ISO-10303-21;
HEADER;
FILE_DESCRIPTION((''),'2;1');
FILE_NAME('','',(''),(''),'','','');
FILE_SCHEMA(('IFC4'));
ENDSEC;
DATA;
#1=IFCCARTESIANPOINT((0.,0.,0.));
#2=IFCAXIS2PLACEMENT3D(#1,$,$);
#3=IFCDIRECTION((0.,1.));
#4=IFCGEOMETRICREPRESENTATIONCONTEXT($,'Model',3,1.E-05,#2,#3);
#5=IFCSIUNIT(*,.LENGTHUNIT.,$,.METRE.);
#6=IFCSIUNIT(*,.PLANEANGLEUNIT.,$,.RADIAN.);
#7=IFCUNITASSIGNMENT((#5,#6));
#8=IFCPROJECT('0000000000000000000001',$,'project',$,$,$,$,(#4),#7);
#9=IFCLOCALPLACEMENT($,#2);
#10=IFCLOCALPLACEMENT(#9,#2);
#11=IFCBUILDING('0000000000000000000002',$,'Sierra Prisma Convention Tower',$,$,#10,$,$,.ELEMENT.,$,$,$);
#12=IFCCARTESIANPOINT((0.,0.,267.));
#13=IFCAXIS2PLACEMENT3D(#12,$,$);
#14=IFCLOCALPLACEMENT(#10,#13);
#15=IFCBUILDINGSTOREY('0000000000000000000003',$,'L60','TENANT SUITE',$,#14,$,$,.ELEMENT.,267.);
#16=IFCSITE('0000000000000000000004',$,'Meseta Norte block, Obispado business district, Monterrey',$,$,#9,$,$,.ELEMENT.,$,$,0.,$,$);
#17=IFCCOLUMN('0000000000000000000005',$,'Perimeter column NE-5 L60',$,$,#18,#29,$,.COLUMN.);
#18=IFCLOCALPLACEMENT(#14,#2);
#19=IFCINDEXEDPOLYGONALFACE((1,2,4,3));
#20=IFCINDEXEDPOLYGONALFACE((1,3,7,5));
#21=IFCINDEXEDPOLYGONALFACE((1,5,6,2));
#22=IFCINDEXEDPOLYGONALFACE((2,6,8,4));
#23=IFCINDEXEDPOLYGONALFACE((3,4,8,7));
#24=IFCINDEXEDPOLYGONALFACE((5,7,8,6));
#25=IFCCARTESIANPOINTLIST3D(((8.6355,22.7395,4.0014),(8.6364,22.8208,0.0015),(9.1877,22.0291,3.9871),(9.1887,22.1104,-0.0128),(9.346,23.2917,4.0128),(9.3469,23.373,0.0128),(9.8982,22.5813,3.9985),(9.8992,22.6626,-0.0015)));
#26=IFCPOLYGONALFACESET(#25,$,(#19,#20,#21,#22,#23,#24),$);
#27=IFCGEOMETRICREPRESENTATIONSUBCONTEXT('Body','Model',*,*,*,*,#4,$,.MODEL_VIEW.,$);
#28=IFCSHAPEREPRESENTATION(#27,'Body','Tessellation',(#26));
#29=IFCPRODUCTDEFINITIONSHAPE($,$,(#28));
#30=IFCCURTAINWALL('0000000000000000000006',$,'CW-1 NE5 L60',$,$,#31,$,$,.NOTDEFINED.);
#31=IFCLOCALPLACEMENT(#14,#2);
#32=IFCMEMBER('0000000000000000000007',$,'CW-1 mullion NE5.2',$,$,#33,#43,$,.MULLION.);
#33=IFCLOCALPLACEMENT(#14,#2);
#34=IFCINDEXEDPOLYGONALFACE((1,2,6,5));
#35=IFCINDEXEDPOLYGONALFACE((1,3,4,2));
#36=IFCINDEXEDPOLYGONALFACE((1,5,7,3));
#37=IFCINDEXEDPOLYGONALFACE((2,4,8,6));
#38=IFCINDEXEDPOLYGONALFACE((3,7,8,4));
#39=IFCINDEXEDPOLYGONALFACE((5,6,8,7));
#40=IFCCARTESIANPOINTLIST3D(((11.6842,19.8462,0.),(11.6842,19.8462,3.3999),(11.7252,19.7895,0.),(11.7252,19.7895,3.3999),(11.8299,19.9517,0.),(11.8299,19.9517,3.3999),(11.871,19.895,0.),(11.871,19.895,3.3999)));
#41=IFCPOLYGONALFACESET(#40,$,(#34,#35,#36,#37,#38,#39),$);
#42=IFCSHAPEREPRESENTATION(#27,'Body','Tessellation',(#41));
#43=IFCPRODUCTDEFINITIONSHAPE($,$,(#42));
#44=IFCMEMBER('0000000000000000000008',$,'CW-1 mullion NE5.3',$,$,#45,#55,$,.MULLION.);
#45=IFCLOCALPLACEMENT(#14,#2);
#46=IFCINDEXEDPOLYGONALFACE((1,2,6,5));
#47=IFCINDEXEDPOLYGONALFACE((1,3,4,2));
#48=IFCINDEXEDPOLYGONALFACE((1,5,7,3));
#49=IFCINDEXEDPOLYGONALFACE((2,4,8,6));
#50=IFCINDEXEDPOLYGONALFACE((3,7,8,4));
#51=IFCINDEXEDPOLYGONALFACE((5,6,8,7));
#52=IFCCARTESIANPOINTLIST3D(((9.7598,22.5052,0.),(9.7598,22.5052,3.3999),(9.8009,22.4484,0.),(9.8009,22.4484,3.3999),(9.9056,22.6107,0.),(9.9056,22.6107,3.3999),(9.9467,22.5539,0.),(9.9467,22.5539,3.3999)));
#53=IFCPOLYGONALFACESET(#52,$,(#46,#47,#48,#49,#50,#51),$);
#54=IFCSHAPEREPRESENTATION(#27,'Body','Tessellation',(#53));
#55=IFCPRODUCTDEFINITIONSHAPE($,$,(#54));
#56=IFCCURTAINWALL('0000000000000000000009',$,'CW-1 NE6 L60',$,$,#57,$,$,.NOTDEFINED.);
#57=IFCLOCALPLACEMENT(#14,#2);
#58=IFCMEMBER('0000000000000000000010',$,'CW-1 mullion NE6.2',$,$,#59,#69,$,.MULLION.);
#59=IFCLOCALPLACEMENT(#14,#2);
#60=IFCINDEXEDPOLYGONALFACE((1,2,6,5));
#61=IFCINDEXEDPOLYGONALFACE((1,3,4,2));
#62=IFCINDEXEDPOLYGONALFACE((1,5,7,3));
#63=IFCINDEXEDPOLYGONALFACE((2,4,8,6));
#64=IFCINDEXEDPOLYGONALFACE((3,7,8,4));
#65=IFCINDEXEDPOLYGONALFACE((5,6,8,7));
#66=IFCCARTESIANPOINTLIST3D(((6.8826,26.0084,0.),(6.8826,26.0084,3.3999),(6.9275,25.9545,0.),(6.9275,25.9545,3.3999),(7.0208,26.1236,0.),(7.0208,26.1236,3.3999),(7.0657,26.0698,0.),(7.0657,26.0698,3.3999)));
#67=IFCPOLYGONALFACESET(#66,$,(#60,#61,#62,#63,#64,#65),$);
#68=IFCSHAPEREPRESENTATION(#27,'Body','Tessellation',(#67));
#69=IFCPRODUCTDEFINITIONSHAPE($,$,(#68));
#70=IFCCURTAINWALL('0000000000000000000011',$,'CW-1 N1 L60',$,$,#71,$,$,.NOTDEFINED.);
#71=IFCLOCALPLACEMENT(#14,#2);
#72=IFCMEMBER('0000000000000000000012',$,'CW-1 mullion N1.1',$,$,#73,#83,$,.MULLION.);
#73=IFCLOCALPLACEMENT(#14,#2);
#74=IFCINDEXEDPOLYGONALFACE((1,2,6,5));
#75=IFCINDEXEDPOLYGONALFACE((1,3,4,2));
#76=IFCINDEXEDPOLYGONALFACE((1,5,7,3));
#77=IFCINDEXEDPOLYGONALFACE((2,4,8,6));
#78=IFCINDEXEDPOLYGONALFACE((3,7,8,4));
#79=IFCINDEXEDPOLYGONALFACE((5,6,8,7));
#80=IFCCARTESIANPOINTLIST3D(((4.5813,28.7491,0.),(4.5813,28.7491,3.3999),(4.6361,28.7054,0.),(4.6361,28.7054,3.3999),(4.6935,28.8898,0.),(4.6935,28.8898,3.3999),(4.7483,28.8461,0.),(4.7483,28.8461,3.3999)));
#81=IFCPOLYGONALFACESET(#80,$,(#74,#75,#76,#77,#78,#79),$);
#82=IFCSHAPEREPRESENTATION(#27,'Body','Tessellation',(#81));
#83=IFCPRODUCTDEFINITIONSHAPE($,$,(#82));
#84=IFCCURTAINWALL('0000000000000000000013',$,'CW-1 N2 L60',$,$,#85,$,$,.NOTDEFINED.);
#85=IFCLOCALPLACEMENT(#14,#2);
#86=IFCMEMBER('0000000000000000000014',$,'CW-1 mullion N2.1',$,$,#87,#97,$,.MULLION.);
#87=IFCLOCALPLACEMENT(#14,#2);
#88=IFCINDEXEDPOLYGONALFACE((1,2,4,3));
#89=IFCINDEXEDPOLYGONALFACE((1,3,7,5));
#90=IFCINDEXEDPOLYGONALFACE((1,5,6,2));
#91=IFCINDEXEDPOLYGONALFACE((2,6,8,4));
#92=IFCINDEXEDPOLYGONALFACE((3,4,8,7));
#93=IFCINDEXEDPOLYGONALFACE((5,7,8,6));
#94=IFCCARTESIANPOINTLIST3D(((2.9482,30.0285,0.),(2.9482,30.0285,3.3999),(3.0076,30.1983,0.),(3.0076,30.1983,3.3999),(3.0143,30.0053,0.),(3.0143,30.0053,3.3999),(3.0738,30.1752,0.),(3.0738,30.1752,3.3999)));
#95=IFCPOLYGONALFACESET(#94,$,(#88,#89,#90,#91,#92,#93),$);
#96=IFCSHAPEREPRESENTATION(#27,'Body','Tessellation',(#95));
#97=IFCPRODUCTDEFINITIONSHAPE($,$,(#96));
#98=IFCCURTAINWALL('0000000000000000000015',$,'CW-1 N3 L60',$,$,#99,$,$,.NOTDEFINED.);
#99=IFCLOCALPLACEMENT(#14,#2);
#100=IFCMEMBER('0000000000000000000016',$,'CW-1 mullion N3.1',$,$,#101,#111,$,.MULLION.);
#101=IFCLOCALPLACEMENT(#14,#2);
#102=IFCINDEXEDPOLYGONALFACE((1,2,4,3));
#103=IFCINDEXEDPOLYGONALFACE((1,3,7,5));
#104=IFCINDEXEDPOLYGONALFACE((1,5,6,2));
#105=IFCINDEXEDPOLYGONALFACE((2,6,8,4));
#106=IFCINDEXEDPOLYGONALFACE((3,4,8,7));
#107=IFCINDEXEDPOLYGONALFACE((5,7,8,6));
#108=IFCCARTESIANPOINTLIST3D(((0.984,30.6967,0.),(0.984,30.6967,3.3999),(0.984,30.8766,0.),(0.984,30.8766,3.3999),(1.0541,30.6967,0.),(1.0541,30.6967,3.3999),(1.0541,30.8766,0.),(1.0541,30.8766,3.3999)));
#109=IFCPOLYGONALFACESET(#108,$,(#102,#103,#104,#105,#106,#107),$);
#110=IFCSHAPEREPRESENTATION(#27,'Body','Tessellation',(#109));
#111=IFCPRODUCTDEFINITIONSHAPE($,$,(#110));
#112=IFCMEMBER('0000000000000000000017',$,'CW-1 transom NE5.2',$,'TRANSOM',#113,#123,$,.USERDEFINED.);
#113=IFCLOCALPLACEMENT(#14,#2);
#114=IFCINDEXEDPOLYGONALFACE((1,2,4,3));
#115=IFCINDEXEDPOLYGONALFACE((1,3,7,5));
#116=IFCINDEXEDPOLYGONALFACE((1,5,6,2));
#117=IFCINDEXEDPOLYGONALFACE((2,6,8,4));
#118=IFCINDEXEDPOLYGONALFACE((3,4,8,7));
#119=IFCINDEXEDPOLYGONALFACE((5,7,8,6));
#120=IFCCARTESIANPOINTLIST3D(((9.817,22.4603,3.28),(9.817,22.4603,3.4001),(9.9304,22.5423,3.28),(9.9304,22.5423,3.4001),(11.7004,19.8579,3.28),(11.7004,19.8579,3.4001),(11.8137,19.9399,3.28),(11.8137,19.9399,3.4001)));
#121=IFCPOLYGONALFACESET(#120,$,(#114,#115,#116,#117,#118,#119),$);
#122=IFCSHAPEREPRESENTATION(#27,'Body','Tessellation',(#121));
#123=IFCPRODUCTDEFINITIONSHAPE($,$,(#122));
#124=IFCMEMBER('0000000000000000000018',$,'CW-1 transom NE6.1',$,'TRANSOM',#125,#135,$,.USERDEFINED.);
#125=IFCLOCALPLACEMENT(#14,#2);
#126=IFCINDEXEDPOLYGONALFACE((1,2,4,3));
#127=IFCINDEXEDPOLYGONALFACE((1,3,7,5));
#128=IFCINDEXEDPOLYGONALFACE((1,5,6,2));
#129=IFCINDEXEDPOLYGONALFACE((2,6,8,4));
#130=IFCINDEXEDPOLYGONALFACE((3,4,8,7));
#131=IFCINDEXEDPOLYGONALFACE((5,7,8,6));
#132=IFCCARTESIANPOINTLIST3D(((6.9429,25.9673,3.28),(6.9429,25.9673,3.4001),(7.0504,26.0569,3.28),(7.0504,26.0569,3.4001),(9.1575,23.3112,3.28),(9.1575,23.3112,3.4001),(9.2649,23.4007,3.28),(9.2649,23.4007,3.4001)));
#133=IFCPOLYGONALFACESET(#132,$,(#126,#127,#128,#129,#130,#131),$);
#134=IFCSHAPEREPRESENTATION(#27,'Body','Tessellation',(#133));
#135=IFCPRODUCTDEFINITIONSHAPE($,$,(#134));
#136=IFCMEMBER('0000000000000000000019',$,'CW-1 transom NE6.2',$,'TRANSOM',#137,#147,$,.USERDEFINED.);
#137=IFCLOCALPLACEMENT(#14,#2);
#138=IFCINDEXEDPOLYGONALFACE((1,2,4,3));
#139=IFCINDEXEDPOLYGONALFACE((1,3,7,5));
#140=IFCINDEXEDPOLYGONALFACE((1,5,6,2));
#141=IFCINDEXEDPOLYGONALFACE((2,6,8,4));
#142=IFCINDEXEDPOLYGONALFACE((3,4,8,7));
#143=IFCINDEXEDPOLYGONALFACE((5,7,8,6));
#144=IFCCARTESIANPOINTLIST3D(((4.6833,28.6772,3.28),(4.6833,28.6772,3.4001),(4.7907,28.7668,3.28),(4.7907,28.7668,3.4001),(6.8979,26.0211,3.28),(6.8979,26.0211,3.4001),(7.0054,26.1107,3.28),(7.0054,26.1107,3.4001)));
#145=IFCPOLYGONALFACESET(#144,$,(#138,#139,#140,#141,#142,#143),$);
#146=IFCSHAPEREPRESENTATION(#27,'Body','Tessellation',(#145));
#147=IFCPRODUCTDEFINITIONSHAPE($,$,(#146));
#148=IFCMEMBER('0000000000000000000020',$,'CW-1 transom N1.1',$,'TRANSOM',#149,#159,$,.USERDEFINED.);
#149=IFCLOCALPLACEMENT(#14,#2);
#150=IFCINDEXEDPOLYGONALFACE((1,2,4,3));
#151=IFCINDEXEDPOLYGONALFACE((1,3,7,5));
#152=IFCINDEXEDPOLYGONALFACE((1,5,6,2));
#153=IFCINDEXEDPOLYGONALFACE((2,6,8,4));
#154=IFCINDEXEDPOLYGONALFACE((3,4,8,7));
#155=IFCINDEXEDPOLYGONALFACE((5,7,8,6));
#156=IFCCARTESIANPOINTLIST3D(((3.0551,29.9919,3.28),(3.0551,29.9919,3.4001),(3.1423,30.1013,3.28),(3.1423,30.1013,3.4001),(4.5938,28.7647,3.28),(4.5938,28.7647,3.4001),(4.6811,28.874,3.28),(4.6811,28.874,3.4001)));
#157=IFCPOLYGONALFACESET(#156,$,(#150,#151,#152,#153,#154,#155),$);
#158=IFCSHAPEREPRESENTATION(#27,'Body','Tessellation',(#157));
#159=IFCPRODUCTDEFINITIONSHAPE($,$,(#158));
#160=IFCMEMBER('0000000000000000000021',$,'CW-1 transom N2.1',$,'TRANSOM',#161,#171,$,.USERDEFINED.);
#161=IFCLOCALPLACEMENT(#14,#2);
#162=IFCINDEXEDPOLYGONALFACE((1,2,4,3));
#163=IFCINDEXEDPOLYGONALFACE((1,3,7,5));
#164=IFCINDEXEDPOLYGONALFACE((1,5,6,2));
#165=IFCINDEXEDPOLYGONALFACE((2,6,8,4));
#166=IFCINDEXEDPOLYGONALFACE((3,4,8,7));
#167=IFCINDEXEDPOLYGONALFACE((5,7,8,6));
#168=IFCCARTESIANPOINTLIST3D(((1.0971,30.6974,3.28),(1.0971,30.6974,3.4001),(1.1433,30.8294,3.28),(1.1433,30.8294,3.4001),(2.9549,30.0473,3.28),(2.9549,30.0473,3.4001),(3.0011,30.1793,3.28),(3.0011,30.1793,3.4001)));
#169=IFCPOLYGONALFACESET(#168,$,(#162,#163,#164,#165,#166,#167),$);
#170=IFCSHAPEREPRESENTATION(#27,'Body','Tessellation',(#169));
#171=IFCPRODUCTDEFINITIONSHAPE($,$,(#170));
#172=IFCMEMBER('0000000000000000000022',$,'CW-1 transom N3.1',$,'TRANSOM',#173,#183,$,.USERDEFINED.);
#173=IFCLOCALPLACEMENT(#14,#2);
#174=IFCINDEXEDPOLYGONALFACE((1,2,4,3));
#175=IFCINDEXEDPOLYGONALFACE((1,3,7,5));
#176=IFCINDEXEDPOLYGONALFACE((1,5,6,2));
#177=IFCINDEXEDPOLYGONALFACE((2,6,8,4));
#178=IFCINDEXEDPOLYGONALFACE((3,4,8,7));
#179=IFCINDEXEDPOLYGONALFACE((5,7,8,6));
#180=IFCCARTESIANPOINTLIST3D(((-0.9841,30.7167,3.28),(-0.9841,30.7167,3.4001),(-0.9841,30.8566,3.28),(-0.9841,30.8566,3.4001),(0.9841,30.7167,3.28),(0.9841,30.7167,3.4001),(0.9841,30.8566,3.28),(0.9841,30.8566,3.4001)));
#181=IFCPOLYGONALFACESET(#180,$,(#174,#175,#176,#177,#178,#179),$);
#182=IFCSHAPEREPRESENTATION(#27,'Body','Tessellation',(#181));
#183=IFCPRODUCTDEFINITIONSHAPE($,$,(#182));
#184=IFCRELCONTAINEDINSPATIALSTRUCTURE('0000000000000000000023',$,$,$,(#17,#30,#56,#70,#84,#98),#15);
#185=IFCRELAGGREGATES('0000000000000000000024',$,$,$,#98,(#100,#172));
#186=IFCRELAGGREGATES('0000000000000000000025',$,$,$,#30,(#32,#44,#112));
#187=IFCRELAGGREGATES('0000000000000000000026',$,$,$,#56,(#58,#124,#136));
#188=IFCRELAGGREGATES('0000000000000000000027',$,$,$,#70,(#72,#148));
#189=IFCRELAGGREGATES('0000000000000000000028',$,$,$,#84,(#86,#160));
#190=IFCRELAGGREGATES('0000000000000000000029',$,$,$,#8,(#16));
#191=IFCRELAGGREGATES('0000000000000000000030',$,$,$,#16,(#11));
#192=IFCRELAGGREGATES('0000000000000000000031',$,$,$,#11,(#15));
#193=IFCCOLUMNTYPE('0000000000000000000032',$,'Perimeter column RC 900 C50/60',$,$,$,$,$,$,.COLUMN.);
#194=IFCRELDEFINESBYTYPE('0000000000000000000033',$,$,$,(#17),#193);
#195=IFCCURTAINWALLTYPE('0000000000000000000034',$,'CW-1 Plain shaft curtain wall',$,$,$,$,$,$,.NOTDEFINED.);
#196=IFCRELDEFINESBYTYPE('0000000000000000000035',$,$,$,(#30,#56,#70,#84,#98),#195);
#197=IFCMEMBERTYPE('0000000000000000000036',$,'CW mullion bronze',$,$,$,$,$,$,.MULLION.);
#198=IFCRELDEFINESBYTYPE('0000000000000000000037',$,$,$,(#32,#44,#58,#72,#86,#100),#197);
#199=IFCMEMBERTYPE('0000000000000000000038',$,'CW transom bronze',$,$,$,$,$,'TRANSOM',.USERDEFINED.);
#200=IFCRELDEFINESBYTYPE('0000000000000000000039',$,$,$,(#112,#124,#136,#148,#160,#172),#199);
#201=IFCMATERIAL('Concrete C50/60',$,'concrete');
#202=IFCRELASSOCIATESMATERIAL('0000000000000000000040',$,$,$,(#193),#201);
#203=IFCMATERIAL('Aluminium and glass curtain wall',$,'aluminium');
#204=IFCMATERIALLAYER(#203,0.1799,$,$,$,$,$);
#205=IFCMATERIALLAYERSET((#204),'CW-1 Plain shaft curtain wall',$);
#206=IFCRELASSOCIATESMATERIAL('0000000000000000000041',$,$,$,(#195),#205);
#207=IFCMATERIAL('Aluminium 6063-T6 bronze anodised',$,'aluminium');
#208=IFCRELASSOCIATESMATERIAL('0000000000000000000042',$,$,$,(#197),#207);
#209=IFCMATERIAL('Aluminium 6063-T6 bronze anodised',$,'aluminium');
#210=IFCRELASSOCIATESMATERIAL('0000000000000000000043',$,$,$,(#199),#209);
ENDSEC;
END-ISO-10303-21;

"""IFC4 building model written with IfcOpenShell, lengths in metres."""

from ifc_helpers import new_model, si_unit, direction, frame, origin, origin_2d, place, context, subcontext, project, spatial, rectangle, extrude, material, layer, layer_set, material_profile, profile_set, type_object, element, aggregate, save


model = new_model("IFC4")

# Units and contexts
model_context = context("Model", 3, precision=1e-05, world=origin(), true_north=direction((0.0, 1.0)))
body_context = subcontext(model_context, "Body", "Model", "MODEL_VIEW")
ifc_project = project(units=[si_unit("LENGTHUNIT", "METRE"), si_unit("PLANEANGLEUNIT", "RADIAN")], contexts=[model_context])

# Site, building, storey
site_placement = place(None, origin())
site = spatial("IfcSite", under=ifc_project, at=site_placement, Name="Meseta Norte block, Obispado business district, Monterrey", CompositionType="ELEMENT", RefElevation=0.0)
building_placement = place(site_placement, origin())
building = spatial("IfcBuilding", under=site, at=building_placement, Name="Sierra Prisma Convention Tower", CompositionType="ELEMENT")
storey_placement = place(building_placement, frame((0.0, 0.0, 267.0)))
storey = spatial("IfcBuildingStorey", under=building, at=storey_placement, Name="L60", Description="TENANT SUITE", CompositionType="ELEMENT", Elevation=267.0)

# Column
ifc_material_1 = material(Name="Concrete C50/60", Category="concrete")
ifc_material_profile_1 = material_profile(ifc_material_1, rectangle(XDim=0.8999, YDim=0.8999, at=origin_2d()), Name="Perimeter column RC 900 C50/60")
ifc_profile_set_1 = profile_set([ifc_material_profile_1], Name="Concrete C50/60")
column_type = type_object("IfcColumnType", Name="Perimeter column RC 900 C50/60", PredefinedType="COLUMN", material=ifc_profile_set_1)
column_placement = place(storey_placement, frame((9.2678, 22.7417, 0.0), z_axis=(-0.000244, -0.020321, 0.999793), x_axis=(-0.613691, 0.789386, 0.015894)))
element("IfcColumn", 1, at=column_placement, inside=storey, type_object=column_type, Name="Perimeter column NE-5 L60", PredefinedType="COLUMN", context=body_context, shape_type="SweptSolid", body=[
    extrude(rectangle(XDim=0.8999, YDim=0.8999, at=origin_2d()), origin(), (0.0, 0.0, 1.0), 4.0007),
])

# Curtain wall, members
ifc_material_2 = material(Name="Aluminium and glass curtain wall", Category="aluminium")
ifc_layer_1 = layer(ifc_material_2, 0.1799)
ifc_layer_set_1 = layer_set([ifc_layer_1], Name="CW-1 Plain shaft curtain wall")
curtain_wall_type = type_object("IfcCurtainWallType", Name="CW-1 Plain shaft curtain wall", PredefinedType="NOTDEFINED", material=ifc_layer_set_1)
curtain_wall_1_placement = place(storey_placement, origin())
curtain_wall_1 = element("IfcCurtainWall", 2, at=curtain_wall_1_placement, inside=storey, type_object=curtain_wall_type, Name="CW-1 NE5 L60", PredefinedType="NOTDEFINED")
ifc_material_3 = material(Name="Aluminium 6063-T6 bronze anodised", Category="aluminium")
ifc_material_profile_2 = material_profile(ifc_material_3, rectangle(XDim=0.1799, YDim=0.0701, at=origin_2d()), Name="ALU MULLION 70x180")
ifc_profile_set_2 = profile_set([ifc_material_profile_2], Name="Aluminium 6063-T6 bronze anodised")
member_type_1 = type_object("IfcMemberType", Name="CW mullion bronze", PredefinedType="MULLION", material=ifc_profile_set_2)
member_1_placement = place(storey_placement, frame((11.7776, 19.8706, 0.0), z_axis=(0.0, 0.0, 1.0), x_axis=(-0.810117, -0.586269, 0.0)))
member_1 = element("IfcMember", 3, at=member_1_placement, type_object=member_type_1, Name="CW-1 mullion NE5.2", PredefinedType="MULLION", context=body_context, shape_type="SweptSolid", body=[
    extrude(rectangle(XDim=0.1799, YDim=0.0701, at=origin_2d()), origin(), (0.0, 0.0, 1.0), 3.3999),
])
member_2_placement = place(storey_placement, frame((9.8533, 22.5295, 0.0), z_axis=(0.0, 0.0, 1.0), x_axis=(-0.810117, -0.586269, 0.0)))
member_2 = element("IfcMember", 4, at=member_2_placement, type_object=member_type_1, Name="CW-1 mullion NE5.3", PredefinedType="MULLION", context=body_context, shape_type="SweptSolid", body=[
    extrude(rectangle(XDim=0.1799, YDim=0.0701, at=origin_2d()), origin(), (0.0, 0.0, 1.0), 3.3999),
])

# Curtain walls, members
curtain_wall_2_placement = place(storey_placement, origin())
curtain_wall_2 = element("IfcCurtainWall", 5, at=curtain_wall_2_placement, inside=storey, type_object=curtain_wall_type, Name="CW-1 NE6 L60", PredefinedType="NOTDEFINED")
member_3_placement = place(storey_placement, frame((6.9741, 26.0391, 0.0), z_axis=(0.0, 0.0, 1.0), x_axis=(-0.768048, -0.640393, 0.0)))
member_3 = element("IfcMember", 6, at=member_3_placement, type_object=member_type_1, Name="CW-1 mullion NE6.2", PredefinedType="MULLION", context=body_context, shape_type="SweptSolid", body=[
    extrude(rectangle(XDim=0.1799, YDim=0.0701, at=origin_2d()), origin(), (0.0, 0.0, 1.0), 3.3999),
])
curtain_wall_3_placement = place(storey_placement, origin())
curtain_wall_3 = element("IfcCurtainWall", 7, at=curtain_wall_3_placement, inside=storey, type_object=curtain_wall_type, Name="CW-1 N1 L60", PredefinedType="NOTDEFINED")
member_4_placement = place(storey_placement, frame((4.6648, 28.7976, 0.0), z_axis=(0.0, 0.0, 1.0), x_axis=(-0.623494, -0.781828, 0.0)))
member_4 = element("IfcMember", 8, at=member_4_placement, type_object=member_type_1, Name="CW-1 mullion N1.1", PredefinedType="MULLION", context=body_context, shape_type="SweptSolid", body=[
    extrude(rectangle(XDim=0.1799, YDim=0.0701, at=origin_2d()), origin(), (0.0, 0.0, 1.0), 3.3999),
])
curtain_wall_4_placement = place(storey_placement, origin())
curtain_wall_4 = element("IfcCurtainWall", 9, at=curtain_wall_4_placement, inside=storey, type_object=curtain_wall_type, Name="CW-1 N2 L60", PredefinedType="NOTDEFINED")
member_5_placement = place(storey_placement, frame((3.011, 30.1018, 0.0), z_axis=(0.0, 0.0, 1.0), x_axis=(-0.330282, -0.943882, 0.0)))
member_5 = element("IfcMember", 10, at=member_5_placement, type_object=member_type_1, Name="CW-1 mullion N2.1", PredefinedType="MULLION", context=body_context, shape_type="SweptSolid", body=[
    extrude(rectangle(XDim=0.1799, YDim=0.0701, at=origin_2d()), origin(), (0.0, 0.0, 1.0), 3.3999),
])
curtain_wall_5_placement = place(storey_placement, origin())
curtain_wall_5 = element("IfcCurtainWall", 11, at=curtain_wall_5_placement, inside=storey, type_object=curtain_wall_type, Name="CW-1 N3 L60", PredefinedType="NOTDEFINED")
member_6_placement = place(storey_placement, frame((1.019, 30.7866, 0.0), z_axis=(0.0, 0.0, 1.0), x_axis=(0.0, -1.0, 0.0)))
member_6 = element("IfcMember", 12, at=member_6_placement, type_object=member_type_1, Name="CW-1 mullion N3.1", PredefinedType="MULLION", context=body_context, shape_type="SweptSolid", body=[
    extrude(rectangle(XDim=0.1799, YDim=0.0701, at=origin_2d()), origin(), (0.0, 0.0, 1.0), 3.3999),
])

# Members
ifc_material_4 = material(Name="Aluminium 6063-T6 bronze anodised", Category="aluminium")
ifc_material_profile_3 = material_profile(ifc_material_4, rectangle(XDim=0.1399, YDim=0.1201, at=origin_2d()), Name="ALU TRANSOM 120x140")
ifc_profile_set_3 = profile_set([ifc_material_profile_3], Name="Aluminium 6063-T6 bronze anodised")
member_type_2 = type_object("IfcMemberType", Name="CW transom bronze", ElementType="TRANSOM", PredefinedType="USERDEFINED", material=ifc_profile_set_3)
member_7_placement = place(storey_placement, frame((11.7571, 19.8989, 3.3401), z_axis=(-0.586281, 0.810108, 0.0), x_axis=(-0.810108, -0.586281, 0.0)))
member_7 = element("IfcMember", 13, at=member_7_placement, type_object=member_type_2, Name="CW-1 transom NE5.2", ObjectType="TRANSOM", PredefinedType="USERDEFINED", context=body_context, shape_type="SweptSolid", body=[
    extrude(rectangle(XDim=0.1399, YDim=0.1201, at=origin_2d()), origin(), (0.0, 0.0, 1.0), 3.2124),
])
member_8_placement = place(storey_placement, frame((9.2112, 23.356, 3.3401), z_axis=(-0.640365, 0.768071, 0.0), x_axis=(-0.768071, -0.640365, 0.0)))
member_8 = element("IfcMember", 14, at=member_8_placement, type_object=member_type_2, Name="CW-1 transom NE6.1", ObjectType="TRANSOM", PredefinedType="USERDEFINED", context=body_context, shape_type="SweptSolid", body=[
    extrude(rectangle(XDim=0.1399, YDim=0.1201, at=origin_2d()), origin(), (0.0, 0.0, 1.0), 3.4583),
])
member_9_placement = place(storey_placement, frame((6.9517, 26.0659, 3.3401), z_axis=(-0.6404, 0.768042, 0.0), x_axis=(-0.768042, -0.6404, 0.0)))
member_9 = element("IfcMember", 15, at=member_9_placement, type_object=member_type_2, Name="CW-1 transom NE6.2", ObjectType="TRANSOM", PredefinedType="USERDEFINED", context=body_context, shape_type="SweptSolid", body=[
    extrude(rectangle(XDim=0.1399, YDim=0.1201, at=origin_2d()), origin(), (0.0, 0.0, 1.0), 3.4583),
])
member_10_placement = place(storey_placement, frame((4.6375, 28.8193, 3.3401), z_axis=(-0.7818, 0.62353, 0.0), x_axis=(-0.62353, -0.7818, 0.0)))
member_10 = element("IfcMember", 16, at=member_10_placement, type_object=member_type_2, Name="CW-1 transom N1.1", ObjectType="TRANSOM", PredefinedType="USERDEFINED", context=body_context, shape_type="SweptSolid", body=[
    extrude(rectangle(XDim=0.1399, YDim=0.1201, at=origin_2d()), origin(), (0.0, 0.0, 1.0), 1.9683),
])
member_11_placement = place(storey_placement, frame((2.978, 30.1133, 3.3401), z_axis=(-0.943878, 0.330295, 0.0), x_axis=(-0.330295, -0.943878, 0.0)))
member_11 = element("IfcMember", 17, at=member_11_placement, type_object=member_type_2, Name="CW-1 transom N2.1", ObjectType="TRANSOM", PredefinedType="USERDEFINED", context=body_context, shape_type="SweptSolid", body=[
    extrude(rectangle(XDim=0.1399, YDim=0.1201, at=origin_2d()), origin(), (0.0, 0.0, 1.0), 1.9683),
])
member_12_placement = place(storey_placement, frame((0.9841, 30.7866, 3.3401), z_axis=(-1.0, 0.0, 0.0), x_axis=(0.0, -1.0, 0.0)))
member_12 = element("IfcMember", 18, at=member_12_placement, type_object=member_type_2, Name="CW-1 transom N3.1", ObjectType="TRANSOM", PredefinedType="USERDEFINED", context=body_context, shape_type="SweptSolid", body=[
    extrude(rectangle(XDim=0.1399, YDim=0.1201, at=origin_2d()), origin(), (0.0, 0.0, 1.0), 1.9683),
])
aggregate(curtain_wall_5, [member_6, member_12])

aggregate(curtain_wall_1, [member_1, member_2, member_7])
aggregate(curtain_wall_2, [member_3, member_8, member_9])
aggregate(curtain_wall_3, [member_4, member_10])
aggregate(curtain_wall_4, [member_5, member_11])

save(model, "model.ifc")
